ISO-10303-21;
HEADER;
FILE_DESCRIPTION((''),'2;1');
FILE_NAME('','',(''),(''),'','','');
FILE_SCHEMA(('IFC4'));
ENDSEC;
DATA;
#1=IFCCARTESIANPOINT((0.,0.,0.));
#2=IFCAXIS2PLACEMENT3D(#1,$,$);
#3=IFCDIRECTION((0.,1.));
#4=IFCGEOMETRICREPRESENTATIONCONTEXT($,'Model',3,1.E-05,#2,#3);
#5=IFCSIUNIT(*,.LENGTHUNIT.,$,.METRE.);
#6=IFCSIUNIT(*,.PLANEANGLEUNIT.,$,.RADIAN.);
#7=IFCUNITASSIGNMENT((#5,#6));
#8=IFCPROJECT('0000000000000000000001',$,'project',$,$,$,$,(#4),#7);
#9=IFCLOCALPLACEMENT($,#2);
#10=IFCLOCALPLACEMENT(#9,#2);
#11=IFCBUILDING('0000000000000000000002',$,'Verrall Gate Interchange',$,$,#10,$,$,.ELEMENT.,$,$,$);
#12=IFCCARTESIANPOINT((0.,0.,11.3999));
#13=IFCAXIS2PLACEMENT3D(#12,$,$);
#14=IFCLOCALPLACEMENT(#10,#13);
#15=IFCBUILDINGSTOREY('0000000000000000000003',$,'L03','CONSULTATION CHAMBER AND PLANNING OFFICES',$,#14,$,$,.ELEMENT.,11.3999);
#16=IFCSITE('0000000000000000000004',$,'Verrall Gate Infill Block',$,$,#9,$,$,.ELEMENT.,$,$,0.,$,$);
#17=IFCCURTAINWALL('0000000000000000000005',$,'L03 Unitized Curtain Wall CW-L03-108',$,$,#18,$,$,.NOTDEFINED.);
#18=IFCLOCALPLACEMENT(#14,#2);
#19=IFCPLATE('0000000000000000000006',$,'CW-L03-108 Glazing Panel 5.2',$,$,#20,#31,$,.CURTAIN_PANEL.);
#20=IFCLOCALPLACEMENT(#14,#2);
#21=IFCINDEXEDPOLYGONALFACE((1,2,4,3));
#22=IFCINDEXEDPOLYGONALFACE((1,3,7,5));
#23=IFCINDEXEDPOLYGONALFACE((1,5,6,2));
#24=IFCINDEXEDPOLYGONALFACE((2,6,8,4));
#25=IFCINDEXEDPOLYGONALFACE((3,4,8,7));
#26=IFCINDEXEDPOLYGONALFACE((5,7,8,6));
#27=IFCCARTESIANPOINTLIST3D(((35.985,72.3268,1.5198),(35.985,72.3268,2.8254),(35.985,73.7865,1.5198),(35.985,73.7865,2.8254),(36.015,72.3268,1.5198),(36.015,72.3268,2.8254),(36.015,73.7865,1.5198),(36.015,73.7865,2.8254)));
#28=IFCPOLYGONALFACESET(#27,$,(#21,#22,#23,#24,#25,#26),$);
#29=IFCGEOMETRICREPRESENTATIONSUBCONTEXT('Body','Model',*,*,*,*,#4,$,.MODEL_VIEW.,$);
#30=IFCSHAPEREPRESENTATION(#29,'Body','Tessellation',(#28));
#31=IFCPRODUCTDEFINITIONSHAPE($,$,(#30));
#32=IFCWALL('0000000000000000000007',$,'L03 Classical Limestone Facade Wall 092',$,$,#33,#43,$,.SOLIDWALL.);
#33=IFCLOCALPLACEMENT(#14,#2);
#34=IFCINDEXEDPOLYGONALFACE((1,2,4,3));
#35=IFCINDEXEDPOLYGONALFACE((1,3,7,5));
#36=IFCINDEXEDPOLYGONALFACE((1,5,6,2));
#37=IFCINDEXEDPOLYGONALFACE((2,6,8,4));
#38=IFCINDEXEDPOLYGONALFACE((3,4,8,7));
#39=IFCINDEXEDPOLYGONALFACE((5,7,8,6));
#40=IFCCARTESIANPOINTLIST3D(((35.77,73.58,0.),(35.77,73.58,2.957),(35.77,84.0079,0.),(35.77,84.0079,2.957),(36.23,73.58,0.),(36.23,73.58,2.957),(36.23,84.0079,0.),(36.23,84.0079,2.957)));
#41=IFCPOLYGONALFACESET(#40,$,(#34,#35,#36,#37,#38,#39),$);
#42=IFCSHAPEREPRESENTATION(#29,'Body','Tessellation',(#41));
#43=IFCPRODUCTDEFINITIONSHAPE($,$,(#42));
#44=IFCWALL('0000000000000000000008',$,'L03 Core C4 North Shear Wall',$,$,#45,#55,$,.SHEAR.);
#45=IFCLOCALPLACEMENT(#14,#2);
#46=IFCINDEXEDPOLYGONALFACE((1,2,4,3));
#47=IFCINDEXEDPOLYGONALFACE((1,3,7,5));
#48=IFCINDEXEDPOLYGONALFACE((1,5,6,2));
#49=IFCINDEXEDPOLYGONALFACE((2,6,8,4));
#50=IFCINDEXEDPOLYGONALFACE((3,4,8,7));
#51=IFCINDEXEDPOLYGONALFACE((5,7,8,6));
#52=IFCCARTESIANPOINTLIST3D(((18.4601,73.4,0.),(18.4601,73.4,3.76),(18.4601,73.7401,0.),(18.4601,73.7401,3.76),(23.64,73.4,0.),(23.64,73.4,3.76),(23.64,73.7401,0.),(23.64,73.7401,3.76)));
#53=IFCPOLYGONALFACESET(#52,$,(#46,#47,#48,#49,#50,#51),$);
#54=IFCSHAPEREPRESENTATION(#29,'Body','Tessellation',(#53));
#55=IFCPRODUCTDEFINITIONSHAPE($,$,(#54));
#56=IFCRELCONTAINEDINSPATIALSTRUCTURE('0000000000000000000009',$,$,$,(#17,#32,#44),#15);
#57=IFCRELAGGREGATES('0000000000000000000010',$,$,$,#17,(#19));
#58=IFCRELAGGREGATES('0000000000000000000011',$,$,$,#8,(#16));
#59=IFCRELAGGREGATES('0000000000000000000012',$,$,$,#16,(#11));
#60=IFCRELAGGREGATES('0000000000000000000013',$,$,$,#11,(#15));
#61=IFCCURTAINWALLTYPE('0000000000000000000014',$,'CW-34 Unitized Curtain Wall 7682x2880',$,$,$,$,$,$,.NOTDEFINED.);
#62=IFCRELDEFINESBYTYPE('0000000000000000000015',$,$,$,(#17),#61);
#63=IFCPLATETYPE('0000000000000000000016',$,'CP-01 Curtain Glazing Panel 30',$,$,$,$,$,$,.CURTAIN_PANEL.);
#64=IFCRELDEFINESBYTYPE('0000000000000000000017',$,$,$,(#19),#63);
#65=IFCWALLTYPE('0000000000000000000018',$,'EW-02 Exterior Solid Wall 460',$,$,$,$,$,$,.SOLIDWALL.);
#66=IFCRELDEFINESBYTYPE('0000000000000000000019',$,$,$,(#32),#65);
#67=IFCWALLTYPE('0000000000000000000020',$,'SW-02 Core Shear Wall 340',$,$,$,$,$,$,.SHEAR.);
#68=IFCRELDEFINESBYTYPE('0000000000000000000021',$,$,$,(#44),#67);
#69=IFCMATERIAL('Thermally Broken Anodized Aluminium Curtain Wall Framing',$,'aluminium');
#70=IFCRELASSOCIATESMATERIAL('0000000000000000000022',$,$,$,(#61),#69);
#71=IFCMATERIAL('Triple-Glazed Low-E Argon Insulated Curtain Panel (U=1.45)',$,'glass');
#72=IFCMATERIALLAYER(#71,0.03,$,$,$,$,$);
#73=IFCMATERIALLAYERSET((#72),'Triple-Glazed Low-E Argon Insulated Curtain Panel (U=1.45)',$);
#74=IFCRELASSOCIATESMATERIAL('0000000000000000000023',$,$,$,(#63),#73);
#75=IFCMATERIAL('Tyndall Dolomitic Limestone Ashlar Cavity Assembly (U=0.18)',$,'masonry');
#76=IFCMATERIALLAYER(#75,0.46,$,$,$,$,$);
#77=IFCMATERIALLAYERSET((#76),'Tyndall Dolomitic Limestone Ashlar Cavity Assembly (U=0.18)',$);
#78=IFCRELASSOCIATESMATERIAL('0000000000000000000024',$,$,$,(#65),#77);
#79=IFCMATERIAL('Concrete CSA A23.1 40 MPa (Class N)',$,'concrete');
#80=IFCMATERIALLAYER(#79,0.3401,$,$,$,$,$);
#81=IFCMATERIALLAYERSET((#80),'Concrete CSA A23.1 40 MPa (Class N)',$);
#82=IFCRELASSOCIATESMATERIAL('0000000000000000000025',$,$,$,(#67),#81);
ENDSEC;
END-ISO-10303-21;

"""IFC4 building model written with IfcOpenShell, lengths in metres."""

from ifc_helpers import new_model, si_unit, direction, frame, frame_2d, origin, origin_2d, place, context, subcontext, project, spatial, rectangle, extrude, material, layer, layer_set, type_object, element, aggregate, save


model = new_model("IFC4")

# Units and contexts
model_context = context("Model", 3, precision=1e-05, world=origin(), true_north=direction((0.0, 1.0)))
body_context = subcontext(model_context, "Body", "Model", "MODEL_VIEW")
ifc_project = project(units=[si_unit("LENGTHUNIT", "METRE"), si_unit("PLANEANGLEUNIT", "RADIAN")], contexts=[model_context])

# Site, building, storey
site_placement = place(None, origin())
site = spatial("IfcSite", under=ifc_project, at=site_placement, Name="Verrall Gate Infill Block", CompositionType="ELEMENT", RefElevation=0.0)
building_placement = place(site_placement, origin())
building = spatial("IfcBuilding", under=site, at=building_placement, Name="Verrall Gate Interchange", CompositionType="ELEMENT")
storey_placement = place(building_placement, frame((0.0, 0.0, 11.3999)))
storey = spatial("IfcBuildingStorey", under=building, at=storey_placement, Name="L03", Description="CONSULTATION CHAMBER AND PLANNING OFFICES", CompositionType="ELEMENT", Elevation=11.3999)

# Curtain wall
ifc_material_1 = material(Name="Thermally Broken Anodized Aluminium Curtain Wall Framing", Category="aluminium")
curtain_wall_type = type_object("IfcCurtainWallType", Name="CW-34 Unitized Curtain Wall 7682x2880", PredefinedType="NOTDEFINED", material=ifc_material_1)
curtain_wall_placement = place(storey_placement, origin())
curtain_wall = element("IfcCurtainWall", 1, at=curtain_wall_placement, inside=storey, type_object=curtain_wall_type, Name="L03 Unitized Curtain Wall CW-L03-108", PredefinedType="NOTDEFINED")

# Plate
ifc_material_2 = material(Name="Triple-Glazed Low-E Argon Insulated Curtain Panel (U=1.45)", Category="glass")
ifc_layer_1 = layer(ifc_material_2, 0.03)
ifc_layer_set_1 = layer_set([ifc_layer_1], Name="Triple-Glazed Low-E Argon Insulated Curtain Panel (U=1.45)")
plate_type_1 = type_object("IfcPlateType", Name="CP-01 Curtain Glazing Panel 30", PredefinedType="CURTAIN_PANEL", material=ifc_layer_set_1)
plate_1_placement = place(storey_placement, frame((36.0, 73.0566, 1.5198), z_axis=(0.0, 0.0, 1.0), x_axis=(0.0, 1.0, 0.0)))
plate_1 = element("IfcPlate", 2, at=plate_1_placement, type_object=plate_type_1, Name="CW-L03-108 Glazing Panel 5.2", PredefinedType="CURTAIN_PANEL", context=body_context, shape_type="SweptSolid", body=[
    extrude(rectangle(XDim=1.4597, YDim=0.03, at=origin_2d()), origin(), (0.0, 0.0, 1.0), 1.3057),
])
aggregate(curtain_wall, [plate_1])

# Walls
ifc_material_3 = material(Name="Tyndall Dolomitic Limestone Ashlar Cavity Assembly (U=0.18)", Category="masonry")
ifc_layer_2 = layer(ifc_material_3, 0.46)
ifc_layer_set_2 = layer_set([ifc_layer_2], Name="Tyndall Dolomitic Limestone Ashlar Cavity Assembly (U=0.18)")
wall_type_1 = type_object("IfcWallType", Name="EW-02 Exterior Solid Wall 460", PredefinedType="SOLIDWALL", material=ifc_layer_set_2)
wall_1_placement = place(storey_placement, frame((36.0, 73.5801, 0.0), z_axis=(0.0, 0.0, 1.0), x_axis=(0.0, 1.0, 0.0)))
element("IfcWall", 3, at=wall_1_placement, inside=storey, type_object=wall_type_1, Name="L03 Classical Limestone Facade Wall 092", PredefinedType="SOLIDWALL", context=body_context, shape_type="SweptSolid", body=[
    extrude(rectangle(XDim=10.428, YDim=0.46, at=frame_2d((5.2139, 0.0))), origin(), (0.0, 0.0, 1.0), 2.957),
])
ifc_material_4 = material(Name="Concrete CSA A23.1 40 MPa (Class N)", Category="concrete")
ifc_layer_3 = layer(ifc_material_4, 0.3401)
ifc_layer_set_3 = layer_set([ifc_layer_3], Name="Concrete CSA A23.1 40 MPa (Class N)")
wall_type_2 = type_object("IfcWallType", Name="SW-02 Core Shear Wall 340", PredefinedType="SHEAR", material=ifc_layer_set_3)
wall_2_placement = place(storey_placement, frame((23.6399, 73.5701, 0.0), z_axis=(0.0, 0.0, 1.0), x_axis=(-1.0, 0.0, 0.0)))
element("IfcWall", 4, at=wall_2_placement, inside=storey, type_object=wall_type_2, Name="L03 Core C4 North Shear Wall", PredefinedType="SHEAR", context=body_context, shape_type="SweptSolid", body=[
    extrude(rectangle(XDim=5.1799, YDim=0.3401, at=frame_2d((2.5898, 0.0))), origin(), (0.0, 0.0, 1.0), 3.76),
])

save(model, "model.ifc")
